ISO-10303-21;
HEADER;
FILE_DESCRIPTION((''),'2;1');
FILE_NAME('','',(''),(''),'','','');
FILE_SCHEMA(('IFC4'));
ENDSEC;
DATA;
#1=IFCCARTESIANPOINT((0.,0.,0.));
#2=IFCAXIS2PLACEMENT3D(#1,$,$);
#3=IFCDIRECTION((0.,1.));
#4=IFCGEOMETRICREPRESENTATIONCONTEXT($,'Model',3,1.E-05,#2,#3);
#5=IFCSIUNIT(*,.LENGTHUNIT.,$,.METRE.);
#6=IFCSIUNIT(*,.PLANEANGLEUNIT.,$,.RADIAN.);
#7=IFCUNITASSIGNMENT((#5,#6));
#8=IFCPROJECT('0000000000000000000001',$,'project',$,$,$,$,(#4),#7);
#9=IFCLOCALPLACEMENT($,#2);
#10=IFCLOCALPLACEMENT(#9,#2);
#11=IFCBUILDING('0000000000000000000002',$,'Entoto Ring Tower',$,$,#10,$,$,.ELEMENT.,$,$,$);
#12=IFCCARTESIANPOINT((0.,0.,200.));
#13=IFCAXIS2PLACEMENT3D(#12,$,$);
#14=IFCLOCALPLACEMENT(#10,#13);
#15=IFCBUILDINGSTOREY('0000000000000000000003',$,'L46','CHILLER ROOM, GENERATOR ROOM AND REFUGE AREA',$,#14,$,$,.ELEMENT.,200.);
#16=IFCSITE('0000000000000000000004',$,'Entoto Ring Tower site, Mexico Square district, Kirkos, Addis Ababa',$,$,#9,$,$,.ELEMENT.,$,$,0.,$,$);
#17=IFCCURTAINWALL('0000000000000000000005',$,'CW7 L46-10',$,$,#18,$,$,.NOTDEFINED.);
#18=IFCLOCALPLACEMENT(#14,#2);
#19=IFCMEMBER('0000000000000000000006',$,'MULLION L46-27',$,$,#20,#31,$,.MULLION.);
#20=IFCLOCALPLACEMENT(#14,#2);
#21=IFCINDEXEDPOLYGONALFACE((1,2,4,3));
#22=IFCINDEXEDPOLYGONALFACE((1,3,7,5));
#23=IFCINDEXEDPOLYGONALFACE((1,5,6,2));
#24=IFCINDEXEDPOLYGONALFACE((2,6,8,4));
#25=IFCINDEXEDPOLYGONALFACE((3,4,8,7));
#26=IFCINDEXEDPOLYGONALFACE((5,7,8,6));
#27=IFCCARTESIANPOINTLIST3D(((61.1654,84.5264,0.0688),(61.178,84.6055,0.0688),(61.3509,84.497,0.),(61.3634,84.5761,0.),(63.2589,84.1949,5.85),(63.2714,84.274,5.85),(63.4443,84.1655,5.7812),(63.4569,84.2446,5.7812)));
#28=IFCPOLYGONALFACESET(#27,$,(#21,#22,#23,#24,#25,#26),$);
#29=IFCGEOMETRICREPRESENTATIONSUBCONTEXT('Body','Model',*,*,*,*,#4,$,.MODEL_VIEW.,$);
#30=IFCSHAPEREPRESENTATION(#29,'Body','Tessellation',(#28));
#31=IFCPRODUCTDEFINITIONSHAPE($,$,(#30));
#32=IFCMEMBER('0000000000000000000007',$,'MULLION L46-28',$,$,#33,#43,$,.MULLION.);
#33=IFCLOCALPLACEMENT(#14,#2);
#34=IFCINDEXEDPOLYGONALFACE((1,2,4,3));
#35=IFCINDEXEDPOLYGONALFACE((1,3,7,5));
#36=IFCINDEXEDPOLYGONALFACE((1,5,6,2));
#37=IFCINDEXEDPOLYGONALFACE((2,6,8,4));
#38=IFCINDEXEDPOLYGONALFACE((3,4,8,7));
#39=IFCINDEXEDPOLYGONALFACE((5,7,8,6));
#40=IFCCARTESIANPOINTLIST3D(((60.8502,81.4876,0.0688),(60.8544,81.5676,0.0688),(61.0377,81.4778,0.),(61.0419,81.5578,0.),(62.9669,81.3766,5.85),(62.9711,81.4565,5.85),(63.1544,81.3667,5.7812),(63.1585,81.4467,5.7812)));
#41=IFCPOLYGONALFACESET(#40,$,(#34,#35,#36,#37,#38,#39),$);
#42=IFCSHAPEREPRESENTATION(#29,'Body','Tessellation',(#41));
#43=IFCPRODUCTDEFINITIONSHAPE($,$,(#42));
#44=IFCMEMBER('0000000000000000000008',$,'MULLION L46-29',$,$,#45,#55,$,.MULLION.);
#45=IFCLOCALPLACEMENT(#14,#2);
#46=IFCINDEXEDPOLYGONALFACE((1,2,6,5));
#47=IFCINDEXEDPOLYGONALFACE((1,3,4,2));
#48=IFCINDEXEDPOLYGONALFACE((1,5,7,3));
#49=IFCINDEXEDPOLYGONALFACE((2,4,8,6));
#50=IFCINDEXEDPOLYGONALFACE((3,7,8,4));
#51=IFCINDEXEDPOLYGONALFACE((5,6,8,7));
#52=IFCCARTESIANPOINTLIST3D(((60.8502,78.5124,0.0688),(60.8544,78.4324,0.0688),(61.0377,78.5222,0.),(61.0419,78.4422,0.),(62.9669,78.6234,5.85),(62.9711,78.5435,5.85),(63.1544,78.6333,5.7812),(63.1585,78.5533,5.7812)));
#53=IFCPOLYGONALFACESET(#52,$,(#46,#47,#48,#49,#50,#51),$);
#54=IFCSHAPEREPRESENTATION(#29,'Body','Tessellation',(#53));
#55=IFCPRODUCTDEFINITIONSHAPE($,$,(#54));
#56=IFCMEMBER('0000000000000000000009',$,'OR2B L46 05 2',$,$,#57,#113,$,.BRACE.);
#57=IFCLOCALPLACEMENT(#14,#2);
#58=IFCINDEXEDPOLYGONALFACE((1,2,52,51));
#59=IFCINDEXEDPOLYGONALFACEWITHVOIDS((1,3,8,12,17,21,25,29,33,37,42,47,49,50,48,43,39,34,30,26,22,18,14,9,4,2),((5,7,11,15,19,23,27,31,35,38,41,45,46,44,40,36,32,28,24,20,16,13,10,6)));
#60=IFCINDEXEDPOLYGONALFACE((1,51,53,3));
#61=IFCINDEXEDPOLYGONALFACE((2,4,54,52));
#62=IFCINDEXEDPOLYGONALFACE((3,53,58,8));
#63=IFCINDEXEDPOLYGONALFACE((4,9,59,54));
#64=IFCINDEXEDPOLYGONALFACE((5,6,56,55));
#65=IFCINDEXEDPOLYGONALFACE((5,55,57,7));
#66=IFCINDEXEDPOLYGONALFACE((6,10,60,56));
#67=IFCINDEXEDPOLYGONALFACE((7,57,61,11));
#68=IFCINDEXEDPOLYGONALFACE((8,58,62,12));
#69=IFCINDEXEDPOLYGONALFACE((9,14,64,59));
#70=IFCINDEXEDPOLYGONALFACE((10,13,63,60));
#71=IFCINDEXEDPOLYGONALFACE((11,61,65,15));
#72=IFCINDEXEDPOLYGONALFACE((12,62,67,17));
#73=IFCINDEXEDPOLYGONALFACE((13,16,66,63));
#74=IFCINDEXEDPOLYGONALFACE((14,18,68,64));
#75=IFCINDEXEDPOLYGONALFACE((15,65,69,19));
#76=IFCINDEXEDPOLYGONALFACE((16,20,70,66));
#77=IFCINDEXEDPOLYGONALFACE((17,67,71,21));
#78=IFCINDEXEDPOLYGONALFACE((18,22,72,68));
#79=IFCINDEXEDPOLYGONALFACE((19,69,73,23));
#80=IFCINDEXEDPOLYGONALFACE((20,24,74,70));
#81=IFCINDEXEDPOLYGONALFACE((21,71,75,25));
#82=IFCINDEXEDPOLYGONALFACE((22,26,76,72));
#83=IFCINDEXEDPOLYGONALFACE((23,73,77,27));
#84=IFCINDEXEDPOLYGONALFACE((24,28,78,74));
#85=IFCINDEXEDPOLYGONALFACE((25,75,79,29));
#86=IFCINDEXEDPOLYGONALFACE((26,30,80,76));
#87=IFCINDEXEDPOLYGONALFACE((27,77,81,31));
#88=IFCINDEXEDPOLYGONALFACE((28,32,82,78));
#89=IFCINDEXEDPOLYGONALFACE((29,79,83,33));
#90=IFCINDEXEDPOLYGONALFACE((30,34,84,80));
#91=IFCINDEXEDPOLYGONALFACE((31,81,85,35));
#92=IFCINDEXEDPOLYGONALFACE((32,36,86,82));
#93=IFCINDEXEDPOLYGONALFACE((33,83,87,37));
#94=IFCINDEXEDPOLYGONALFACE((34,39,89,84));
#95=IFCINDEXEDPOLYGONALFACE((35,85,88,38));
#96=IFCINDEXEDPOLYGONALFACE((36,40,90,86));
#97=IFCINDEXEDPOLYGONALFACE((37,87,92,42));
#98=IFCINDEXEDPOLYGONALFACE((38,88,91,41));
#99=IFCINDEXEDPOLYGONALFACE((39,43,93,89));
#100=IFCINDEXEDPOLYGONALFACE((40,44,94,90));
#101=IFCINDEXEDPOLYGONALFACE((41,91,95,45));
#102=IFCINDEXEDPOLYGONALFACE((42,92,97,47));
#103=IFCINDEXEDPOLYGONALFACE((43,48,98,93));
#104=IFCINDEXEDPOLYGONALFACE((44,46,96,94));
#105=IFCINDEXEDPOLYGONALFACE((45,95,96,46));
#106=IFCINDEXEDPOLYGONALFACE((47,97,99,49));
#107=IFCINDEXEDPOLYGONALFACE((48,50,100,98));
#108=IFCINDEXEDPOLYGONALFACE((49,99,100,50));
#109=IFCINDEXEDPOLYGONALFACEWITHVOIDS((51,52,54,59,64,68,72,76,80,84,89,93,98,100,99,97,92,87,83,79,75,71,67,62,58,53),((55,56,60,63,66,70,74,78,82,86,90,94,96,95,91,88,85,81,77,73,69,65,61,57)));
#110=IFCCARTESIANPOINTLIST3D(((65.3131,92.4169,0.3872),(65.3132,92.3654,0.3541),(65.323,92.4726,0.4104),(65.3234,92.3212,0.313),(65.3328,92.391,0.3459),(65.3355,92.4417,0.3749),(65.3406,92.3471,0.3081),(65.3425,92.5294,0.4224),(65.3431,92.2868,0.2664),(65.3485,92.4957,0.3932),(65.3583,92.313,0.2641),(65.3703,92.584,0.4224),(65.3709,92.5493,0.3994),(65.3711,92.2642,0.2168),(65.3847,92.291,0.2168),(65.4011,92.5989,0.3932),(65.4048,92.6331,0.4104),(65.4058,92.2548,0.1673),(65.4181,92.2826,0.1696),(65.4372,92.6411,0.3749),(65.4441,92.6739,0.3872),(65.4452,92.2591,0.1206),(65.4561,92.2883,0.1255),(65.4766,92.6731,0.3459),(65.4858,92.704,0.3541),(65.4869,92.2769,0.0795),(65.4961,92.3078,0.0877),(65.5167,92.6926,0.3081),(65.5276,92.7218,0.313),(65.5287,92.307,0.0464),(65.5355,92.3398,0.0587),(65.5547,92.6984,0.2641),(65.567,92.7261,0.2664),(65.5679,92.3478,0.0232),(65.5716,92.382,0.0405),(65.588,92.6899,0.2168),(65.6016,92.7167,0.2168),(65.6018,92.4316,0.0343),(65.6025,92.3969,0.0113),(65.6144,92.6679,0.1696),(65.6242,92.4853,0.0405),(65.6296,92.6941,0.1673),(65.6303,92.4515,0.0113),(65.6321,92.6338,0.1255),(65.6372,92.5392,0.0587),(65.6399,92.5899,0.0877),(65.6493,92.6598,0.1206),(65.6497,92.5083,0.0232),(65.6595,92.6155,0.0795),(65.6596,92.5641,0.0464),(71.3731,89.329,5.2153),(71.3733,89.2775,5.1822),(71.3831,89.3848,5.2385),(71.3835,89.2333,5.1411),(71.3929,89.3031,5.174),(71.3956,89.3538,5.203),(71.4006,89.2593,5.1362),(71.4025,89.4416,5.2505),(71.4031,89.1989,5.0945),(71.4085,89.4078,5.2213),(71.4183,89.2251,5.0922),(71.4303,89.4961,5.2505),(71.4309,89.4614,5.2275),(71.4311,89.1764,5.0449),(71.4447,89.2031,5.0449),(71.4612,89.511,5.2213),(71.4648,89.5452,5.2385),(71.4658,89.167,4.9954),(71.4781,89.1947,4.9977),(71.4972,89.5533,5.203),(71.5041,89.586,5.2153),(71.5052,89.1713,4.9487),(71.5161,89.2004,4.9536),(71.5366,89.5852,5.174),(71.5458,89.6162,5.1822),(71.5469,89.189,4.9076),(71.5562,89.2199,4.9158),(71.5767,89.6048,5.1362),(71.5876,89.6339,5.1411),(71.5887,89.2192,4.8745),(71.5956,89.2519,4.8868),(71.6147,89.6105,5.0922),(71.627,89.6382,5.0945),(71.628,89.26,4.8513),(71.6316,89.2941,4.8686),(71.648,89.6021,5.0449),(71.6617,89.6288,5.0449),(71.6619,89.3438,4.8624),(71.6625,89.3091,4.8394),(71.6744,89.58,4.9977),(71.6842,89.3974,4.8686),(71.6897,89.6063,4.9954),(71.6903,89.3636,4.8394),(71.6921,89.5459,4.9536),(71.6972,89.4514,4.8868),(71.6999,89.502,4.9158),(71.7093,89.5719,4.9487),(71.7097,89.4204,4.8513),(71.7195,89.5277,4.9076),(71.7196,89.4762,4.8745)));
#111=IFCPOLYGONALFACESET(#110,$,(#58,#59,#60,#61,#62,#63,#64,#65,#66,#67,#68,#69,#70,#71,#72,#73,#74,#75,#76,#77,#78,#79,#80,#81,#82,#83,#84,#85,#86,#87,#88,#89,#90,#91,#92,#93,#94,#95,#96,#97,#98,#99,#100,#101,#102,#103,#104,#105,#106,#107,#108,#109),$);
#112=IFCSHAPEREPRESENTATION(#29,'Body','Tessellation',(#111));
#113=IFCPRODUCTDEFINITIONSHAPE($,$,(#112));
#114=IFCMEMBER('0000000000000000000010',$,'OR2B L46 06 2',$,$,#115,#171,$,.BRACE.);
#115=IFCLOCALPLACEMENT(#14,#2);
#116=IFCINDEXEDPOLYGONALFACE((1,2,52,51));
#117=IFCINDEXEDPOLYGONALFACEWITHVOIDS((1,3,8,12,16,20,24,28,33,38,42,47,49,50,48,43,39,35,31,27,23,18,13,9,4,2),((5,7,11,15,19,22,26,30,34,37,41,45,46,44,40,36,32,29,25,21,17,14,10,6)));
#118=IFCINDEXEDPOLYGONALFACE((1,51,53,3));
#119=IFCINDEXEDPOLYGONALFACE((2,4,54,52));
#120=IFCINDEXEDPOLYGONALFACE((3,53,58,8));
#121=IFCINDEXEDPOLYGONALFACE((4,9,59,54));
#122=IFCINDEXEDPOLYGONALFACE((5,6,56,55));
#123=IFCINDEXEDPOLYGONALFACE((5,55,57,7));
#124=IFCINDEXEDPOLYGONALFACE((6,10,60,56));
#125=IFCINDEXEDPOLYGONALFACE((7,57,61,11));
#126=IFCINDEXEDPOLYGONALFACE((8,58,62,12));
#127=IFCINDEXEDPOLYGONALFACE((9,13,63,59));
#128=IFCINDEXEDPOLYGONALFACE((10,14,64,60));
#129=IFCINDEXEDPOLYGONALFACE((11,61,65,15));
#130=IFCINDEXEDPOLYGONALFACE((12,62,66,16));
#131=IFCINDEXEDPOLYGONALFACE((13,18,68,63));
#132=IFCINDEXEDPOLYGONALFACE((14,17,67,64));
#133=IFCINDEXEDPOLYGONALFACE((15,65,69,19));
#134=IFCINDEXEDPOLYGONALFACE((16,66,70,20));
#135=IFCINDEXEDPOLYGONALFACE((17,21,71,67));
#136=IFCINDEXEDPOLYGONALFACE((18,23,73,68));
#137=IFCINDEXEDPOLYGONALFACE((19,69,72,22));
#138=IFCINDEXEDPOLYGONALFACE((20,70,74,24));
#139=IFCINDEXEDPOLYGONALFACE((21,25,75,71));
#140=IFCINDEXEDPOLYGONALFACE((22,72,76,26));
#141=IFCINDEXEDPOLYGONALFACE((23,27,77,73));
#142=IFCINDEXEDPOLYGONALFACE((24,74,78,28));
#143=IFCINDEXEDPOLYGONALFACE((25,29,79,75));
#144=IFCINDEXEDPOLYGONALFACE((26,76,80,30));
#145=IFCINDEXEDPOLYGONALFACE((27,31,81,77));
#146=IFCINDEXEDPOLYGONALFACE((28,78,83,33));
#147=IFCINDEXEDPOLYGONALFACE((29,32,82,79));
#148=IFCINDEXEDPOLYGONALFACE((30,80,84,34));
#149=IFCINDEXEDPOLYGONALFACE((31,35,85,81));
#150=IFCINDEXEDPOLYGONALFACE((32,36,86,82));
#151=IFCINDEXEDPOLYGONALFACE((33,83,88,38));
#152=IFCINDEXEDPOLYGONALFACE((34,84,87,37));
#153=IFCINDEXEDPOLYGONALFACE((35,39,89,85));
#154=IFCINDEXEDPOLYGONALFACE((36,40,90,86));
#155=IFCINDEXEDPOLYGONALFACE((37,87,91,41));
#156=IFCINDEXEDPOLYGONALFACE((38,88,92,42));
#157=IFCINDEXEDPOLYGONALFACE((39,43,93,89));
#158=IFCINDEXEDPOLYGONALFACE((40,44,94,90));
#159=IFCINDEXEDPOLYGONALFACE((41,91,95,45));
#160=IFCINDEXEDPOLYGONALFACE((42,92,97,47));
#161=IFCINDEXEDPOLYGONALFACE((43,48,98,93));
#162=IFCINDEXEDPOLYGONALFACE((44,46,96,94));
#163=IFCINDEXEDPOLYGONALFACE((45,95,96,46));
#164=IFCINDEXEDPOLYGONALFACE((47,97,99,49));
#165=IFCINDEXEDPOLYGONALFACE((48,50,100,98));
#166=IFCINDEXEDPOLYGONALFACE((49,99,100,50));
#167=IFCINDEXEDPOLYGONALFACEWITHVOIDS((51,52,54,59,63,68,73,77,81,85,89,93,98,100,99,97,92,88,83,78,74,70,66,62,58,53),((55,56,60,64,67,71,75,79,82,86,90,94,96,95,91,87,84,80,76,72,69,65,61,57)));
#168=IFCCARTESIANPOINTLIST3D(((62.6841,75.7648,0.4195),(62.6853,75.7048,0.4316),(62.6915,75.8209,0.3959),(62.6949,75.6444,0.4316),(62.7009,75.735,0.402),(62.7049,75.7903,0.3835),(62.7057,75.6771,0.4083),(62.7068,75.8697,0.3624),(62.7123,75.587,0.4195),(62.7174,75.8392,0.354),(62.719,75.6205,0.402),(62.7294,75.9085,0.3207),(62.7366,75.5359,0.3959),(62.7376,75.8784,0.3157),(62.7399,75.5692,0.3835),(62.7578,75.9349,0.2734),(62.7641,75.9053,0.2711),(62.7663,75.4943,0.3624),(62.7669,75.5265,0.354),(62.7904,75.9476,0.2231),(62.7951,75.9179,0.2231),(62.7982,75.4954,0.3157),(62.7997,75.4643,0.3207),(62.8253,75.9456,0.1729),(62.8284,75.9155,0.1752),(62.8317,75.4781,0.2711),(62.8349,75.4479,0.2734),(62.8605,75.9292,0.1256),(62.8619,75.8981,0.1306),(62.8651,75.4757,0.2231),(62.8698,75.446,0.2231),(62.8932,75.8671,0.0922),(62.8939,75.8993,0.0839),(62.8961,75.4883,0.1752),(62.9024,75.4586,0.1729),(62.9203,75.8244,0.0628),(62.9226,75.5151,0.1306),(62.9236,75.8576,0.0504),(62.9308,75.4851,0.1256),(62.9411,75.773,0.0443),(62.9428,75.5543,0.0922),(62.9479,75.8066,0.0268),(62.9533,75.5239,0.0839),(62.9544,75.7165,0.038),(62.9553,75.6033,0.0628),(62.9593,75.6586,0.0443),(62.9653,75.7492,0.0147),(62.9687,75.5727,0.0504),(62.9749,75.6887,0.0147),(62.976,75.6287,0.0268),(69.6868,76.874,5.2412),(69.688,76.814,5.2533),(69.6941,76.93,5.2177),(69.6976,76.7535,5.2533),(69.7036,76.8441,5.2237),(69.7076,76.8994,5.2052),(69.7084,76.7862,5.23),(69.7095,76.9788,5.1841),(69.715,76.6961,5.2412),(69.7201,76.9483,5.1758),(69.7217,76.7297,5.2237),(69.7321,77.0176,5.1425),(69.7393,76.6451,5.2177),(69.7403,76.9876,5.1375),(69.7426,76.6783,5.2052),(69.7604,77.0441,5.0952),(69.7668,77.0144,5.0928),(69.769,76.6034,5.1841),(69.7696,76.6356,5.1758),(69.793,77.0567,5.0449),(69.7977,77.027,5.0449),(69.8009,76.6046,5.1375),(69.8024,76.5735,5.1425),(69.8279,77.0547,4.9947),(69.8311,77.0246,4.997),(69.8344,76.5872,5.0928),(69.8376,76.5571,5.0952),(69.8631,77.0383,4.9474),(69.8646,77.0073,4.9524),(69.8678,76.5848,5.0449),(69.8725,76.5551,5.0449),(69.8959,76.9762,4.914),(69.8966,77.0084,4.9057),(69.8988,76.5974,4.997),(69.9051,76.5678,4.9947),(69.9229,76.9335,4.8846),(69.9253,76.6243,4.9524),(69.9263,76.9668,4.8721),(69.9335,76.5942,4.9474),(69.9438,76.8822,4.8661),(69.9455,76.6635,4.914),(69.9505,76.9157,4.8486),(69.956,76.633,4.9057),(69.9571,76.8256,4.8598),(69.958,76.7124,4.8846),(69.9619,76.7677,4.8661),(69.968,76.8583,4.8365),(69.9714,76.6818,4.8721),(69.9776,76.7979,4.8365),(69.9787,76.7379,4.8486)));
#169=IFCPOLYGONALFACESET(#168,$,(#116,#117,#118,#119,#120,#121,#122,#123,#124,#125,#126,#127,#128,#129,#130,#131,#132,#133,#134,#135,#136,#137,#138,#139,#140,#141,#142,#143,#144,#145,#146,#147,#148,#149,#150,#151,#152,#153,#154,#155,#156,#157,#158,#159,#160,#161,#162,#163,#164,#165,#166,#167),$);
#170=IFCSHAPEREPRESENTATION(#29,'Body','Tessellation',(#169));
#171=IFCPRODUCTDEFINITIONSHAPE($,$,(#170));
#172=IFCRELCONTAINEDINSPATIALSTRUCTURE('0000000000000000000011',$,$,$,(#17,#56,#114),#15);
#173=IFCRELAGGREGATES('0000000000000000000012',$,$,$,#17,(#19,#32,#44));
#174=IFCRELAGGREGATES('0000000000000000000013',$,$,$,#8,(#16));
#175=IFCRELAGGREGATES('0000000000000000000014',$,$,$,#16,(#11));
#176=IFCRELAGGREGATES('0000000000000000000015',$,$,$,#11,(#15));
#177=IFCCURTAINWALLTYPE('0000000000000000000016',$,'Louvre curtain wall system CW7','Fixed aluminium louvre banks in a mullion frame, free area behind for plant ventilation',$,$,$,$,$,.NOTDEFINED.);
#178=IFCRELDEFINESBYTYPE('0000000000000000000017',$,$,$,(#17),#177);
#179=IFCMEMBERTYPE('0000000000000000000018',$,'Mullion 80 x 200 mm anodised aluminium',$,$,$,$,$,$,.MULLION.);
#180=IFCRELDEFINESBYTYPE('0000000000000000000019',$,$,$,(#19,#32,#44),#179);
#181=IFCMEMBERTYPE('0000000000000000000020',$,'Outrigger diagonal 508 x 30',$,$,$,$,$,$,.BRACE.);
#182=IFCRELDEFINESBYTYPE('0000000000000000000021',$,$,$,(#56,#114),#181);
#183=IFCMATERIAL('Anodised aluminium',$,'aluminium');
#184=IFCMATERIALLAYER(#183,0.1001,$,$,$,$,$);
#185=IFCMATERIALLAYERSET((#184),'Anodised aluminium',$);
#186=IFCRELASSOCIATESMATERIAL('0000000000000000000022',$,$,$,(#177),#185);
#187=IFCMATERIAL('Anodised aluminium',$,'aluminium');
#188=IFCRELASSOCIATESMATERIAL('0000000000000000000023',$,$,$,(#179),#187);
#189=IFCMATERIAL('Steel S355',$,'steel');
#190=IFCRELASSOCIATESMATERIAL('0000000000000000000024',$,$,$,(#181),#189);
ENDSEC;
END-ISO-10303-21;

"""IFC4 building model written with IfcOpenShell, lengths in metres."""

from ifc_helpers import new_model, si_unit, direction, frame, origin, origin_2d, place, context, subcontext, project, spatial, rectangle, circle, hollow_circle, extrude, material, layer, layer_set, material_profile, profile_set, type_object, element, aggregate, save


model = new_model("IFC4")

# Units and contexts
model_context = context("Model", 3, precision=1e-05, world=origin(), true_north=direction((0.0, 1.0)))
body_context = subcontext(model_context, "Body", "Model", "MODEL_VIEW")
ifc_project = project(units=[si_unit("LENGTHUNIT", "METRE"), si_unit("PLANEANGLEUNIT", "RADIAN")], contexts=[model_context])

# Site, building, storey
site_placement = place(None, origin())
site = spatial("IfcSite", under=ifc_project, at=site_placement, Name="Entoto Ring Tower site, Mexico Square district, Kirkos, Addis Ababa", CompositionType="ELEMENT", RefElevation=0.0)
building_placement = place(site_placement, origin())
building = spatial("IfcBuilding", under=site, at=building_placement, Name="Entoto Ring Tower", CompositionType="ELEMENT")
storey_placement = place(building_placement, frame((0.0, 0.0, 200.0)))
storey = spatial("IfcBuildingStorey", under=building, at=storey_placement, Name="L46", Description="CHILLER ROOM, GENERATOR ROOM AND REFUGE AREA", CompositionType="ELEMENT", Elevation=200.0)

# Curtain wall, members
ifc_material_1 = material(Name="Anodised aluminium", Category="aluminium")
ifc_layer_1 = layer(ifc_material_1, 0.1001)
ifc_layer_set_1 = layer_set([ifc_layer_1], Name="Anodised aluminium")
curtain_wall_type = type_object("IfcCurtainWallType", Name="Louvre curtain wall system CW7", Description="Fixed aluminium louvre banks in a mullion frame, free area behind for plant ventilation", PredefinedType="NOTDEFINED", material=ifc_layer_set_1)
ifc_material_2 = material(Name="Anodised aluminium", Category="aluminium")
ifc_material_profile_1 = material_profile(ifc_material_2, rectangle(XDim=0.0801, YDim=0.2, at=origin_2d()), Name="Mullion 80 x 200 mm anodised aluminium")
ifc_profile_set_1 = profile_set([ifc_material_profile_1], Name="Anodised aluminium")
member_type_1 = type_object("IfcMemberType", Name="Mullion 80 x 200 mm anodised aluminium", PredefinedType="MULLION", material=ifc_profile_set_1)
curtain_wall_1_placement = place(storey_placement, origin())
curtain_wall_1 = element("IfcCurtainWall", 1, at=curtain_wall_1_placement, inside=storey, type_object=curtain_wall_type, Name="CW7 L46-10", PredefinedType="NOTDEFINED")
member_1_placement = place(storey_placement, frame((61.2644, 84.5513, 0.0344), z_axis=(0.33999, -0.053843, 0.938887), x_axis=(0.156418, 0.987691, 0.0)))
member_1 = element("IfcMember", 2, at=member_1_placement, type_object=member_type_1, Name="MULLION L46-27", PredefinedType="MULLION", context=body_context, shape_type="SweptSolid", body=[
    extrude(rectangle(XDim=0.0801, YDim=0.2, at=origin_2d()), origin(), (0.0, 0.0, 1.0), 6.1575),
])
member_2_placement = place(storey_placement, frame((60.946, 81.5227, 0.0344), z_axis=(0.343756, -0.01804, 0.938886), x_axis=(0.052408, 0.998626, 0.0)))
member_2 = element("IfcMember", 3, at=member_2_placement, type_object=member_type_1, Name="MULLION L46-28", PredefinedType="MULLION", context=body_context, shape_type="SweptSolid", body=[
    extrude(rectangle(XDim=0.0801, YDim=0.2, at=origin_2d()), origin(), (0.0, 0.0, 1.0), 6.1575),
])
member_3_placement = place(storey_placement, frame((60.946, 78.4773, 0.0344), z_axis=(0.343756, 0.01804, 0.938886), x_axis=(-0.052408, 0.998626, 0.0)))
member_3 = element("IfcMember", 4, at=member_3_placement, type_object=member_type_1, Name="MULLION L46-29", PredefinedType="MULLION", context=body_context, shape_type="SweptSolid", body=[
    extrude(rectangle(XDim=0.0801, YDim=0.2, at=origin_2d()), origin(), (0.0, 0.0, 1.0), 6.1575),
])
aggregate(curtain_wall_1, [member_1, member_2, member_3])

# Members
ifc_material_3 = material(Name="Steel S355", Category="steel")
ifc_material_profile_2 = material_profile(ifc_material_3, hollow_circle(Radius=0.2539, WallThickness=0.03, at=origin_2d()), Name="CHS 508 x 30")
ifc_material_4 = material(Name="Concrete C60/75", Category="concrete")
ifc_material_profile_3 = material_profile(ifc_material_4, circle(Radius=0.2241, at=origin_2d()), Name="Concrete C60/75 infill")
ifc_profile_set_2 = profile_set([ifc_material_profile_2, ifc_material_profile_3], Name="Steel S355")
member_type_2 = type_object("IfcMemberType", Name="Outrigger diagonal 508 x 30", PredefinedType="BRACE", material=ifc_profile_set_2)
member_4_placement = place(storey_placement, frame((71.5464, 89.4026, 5.0449), z_axis=(-0.72655, 0.370212, -0.578851), x_axis=(-0.454006, -0.890998, 0.0)))
element("IfcMember", 5, at=member_4_placement, inside=storey, type_object=member_type_2, Name="OR2B L46 05 2", PredefinedType="BRACE", context=body_context, shape_type="SweptSolid", body=[
    extrude(hollow_circle(Radius=0.2539, WallThickness=0.03, at=origin_2d()), origin(), (0.0, 0.0, 1.0), 8.3408),
])
member_5_placement = place(storey_placement, frame((69.8328, 76.8059, 5.0449), z_axis=(-0.816714, -0.129356, -0.562357), x_axis=(0.156436, -0.987688, 0.0)))
element("IfcMember", 6, at=member_5_placement, inside=storey, type_object=member_type_2, Name="OR2B L46 06 2", PredefinedType="BRACE", context=body_context, shape_type="SweptSolid", body=[
    extrude(hollow_circle(Radius=0.2539, WallThickness=0.03, at=origin_2d()), origin(), (0.0, 0.0, 1.0), 8.5742),
])

save(model, "model.ifc")
